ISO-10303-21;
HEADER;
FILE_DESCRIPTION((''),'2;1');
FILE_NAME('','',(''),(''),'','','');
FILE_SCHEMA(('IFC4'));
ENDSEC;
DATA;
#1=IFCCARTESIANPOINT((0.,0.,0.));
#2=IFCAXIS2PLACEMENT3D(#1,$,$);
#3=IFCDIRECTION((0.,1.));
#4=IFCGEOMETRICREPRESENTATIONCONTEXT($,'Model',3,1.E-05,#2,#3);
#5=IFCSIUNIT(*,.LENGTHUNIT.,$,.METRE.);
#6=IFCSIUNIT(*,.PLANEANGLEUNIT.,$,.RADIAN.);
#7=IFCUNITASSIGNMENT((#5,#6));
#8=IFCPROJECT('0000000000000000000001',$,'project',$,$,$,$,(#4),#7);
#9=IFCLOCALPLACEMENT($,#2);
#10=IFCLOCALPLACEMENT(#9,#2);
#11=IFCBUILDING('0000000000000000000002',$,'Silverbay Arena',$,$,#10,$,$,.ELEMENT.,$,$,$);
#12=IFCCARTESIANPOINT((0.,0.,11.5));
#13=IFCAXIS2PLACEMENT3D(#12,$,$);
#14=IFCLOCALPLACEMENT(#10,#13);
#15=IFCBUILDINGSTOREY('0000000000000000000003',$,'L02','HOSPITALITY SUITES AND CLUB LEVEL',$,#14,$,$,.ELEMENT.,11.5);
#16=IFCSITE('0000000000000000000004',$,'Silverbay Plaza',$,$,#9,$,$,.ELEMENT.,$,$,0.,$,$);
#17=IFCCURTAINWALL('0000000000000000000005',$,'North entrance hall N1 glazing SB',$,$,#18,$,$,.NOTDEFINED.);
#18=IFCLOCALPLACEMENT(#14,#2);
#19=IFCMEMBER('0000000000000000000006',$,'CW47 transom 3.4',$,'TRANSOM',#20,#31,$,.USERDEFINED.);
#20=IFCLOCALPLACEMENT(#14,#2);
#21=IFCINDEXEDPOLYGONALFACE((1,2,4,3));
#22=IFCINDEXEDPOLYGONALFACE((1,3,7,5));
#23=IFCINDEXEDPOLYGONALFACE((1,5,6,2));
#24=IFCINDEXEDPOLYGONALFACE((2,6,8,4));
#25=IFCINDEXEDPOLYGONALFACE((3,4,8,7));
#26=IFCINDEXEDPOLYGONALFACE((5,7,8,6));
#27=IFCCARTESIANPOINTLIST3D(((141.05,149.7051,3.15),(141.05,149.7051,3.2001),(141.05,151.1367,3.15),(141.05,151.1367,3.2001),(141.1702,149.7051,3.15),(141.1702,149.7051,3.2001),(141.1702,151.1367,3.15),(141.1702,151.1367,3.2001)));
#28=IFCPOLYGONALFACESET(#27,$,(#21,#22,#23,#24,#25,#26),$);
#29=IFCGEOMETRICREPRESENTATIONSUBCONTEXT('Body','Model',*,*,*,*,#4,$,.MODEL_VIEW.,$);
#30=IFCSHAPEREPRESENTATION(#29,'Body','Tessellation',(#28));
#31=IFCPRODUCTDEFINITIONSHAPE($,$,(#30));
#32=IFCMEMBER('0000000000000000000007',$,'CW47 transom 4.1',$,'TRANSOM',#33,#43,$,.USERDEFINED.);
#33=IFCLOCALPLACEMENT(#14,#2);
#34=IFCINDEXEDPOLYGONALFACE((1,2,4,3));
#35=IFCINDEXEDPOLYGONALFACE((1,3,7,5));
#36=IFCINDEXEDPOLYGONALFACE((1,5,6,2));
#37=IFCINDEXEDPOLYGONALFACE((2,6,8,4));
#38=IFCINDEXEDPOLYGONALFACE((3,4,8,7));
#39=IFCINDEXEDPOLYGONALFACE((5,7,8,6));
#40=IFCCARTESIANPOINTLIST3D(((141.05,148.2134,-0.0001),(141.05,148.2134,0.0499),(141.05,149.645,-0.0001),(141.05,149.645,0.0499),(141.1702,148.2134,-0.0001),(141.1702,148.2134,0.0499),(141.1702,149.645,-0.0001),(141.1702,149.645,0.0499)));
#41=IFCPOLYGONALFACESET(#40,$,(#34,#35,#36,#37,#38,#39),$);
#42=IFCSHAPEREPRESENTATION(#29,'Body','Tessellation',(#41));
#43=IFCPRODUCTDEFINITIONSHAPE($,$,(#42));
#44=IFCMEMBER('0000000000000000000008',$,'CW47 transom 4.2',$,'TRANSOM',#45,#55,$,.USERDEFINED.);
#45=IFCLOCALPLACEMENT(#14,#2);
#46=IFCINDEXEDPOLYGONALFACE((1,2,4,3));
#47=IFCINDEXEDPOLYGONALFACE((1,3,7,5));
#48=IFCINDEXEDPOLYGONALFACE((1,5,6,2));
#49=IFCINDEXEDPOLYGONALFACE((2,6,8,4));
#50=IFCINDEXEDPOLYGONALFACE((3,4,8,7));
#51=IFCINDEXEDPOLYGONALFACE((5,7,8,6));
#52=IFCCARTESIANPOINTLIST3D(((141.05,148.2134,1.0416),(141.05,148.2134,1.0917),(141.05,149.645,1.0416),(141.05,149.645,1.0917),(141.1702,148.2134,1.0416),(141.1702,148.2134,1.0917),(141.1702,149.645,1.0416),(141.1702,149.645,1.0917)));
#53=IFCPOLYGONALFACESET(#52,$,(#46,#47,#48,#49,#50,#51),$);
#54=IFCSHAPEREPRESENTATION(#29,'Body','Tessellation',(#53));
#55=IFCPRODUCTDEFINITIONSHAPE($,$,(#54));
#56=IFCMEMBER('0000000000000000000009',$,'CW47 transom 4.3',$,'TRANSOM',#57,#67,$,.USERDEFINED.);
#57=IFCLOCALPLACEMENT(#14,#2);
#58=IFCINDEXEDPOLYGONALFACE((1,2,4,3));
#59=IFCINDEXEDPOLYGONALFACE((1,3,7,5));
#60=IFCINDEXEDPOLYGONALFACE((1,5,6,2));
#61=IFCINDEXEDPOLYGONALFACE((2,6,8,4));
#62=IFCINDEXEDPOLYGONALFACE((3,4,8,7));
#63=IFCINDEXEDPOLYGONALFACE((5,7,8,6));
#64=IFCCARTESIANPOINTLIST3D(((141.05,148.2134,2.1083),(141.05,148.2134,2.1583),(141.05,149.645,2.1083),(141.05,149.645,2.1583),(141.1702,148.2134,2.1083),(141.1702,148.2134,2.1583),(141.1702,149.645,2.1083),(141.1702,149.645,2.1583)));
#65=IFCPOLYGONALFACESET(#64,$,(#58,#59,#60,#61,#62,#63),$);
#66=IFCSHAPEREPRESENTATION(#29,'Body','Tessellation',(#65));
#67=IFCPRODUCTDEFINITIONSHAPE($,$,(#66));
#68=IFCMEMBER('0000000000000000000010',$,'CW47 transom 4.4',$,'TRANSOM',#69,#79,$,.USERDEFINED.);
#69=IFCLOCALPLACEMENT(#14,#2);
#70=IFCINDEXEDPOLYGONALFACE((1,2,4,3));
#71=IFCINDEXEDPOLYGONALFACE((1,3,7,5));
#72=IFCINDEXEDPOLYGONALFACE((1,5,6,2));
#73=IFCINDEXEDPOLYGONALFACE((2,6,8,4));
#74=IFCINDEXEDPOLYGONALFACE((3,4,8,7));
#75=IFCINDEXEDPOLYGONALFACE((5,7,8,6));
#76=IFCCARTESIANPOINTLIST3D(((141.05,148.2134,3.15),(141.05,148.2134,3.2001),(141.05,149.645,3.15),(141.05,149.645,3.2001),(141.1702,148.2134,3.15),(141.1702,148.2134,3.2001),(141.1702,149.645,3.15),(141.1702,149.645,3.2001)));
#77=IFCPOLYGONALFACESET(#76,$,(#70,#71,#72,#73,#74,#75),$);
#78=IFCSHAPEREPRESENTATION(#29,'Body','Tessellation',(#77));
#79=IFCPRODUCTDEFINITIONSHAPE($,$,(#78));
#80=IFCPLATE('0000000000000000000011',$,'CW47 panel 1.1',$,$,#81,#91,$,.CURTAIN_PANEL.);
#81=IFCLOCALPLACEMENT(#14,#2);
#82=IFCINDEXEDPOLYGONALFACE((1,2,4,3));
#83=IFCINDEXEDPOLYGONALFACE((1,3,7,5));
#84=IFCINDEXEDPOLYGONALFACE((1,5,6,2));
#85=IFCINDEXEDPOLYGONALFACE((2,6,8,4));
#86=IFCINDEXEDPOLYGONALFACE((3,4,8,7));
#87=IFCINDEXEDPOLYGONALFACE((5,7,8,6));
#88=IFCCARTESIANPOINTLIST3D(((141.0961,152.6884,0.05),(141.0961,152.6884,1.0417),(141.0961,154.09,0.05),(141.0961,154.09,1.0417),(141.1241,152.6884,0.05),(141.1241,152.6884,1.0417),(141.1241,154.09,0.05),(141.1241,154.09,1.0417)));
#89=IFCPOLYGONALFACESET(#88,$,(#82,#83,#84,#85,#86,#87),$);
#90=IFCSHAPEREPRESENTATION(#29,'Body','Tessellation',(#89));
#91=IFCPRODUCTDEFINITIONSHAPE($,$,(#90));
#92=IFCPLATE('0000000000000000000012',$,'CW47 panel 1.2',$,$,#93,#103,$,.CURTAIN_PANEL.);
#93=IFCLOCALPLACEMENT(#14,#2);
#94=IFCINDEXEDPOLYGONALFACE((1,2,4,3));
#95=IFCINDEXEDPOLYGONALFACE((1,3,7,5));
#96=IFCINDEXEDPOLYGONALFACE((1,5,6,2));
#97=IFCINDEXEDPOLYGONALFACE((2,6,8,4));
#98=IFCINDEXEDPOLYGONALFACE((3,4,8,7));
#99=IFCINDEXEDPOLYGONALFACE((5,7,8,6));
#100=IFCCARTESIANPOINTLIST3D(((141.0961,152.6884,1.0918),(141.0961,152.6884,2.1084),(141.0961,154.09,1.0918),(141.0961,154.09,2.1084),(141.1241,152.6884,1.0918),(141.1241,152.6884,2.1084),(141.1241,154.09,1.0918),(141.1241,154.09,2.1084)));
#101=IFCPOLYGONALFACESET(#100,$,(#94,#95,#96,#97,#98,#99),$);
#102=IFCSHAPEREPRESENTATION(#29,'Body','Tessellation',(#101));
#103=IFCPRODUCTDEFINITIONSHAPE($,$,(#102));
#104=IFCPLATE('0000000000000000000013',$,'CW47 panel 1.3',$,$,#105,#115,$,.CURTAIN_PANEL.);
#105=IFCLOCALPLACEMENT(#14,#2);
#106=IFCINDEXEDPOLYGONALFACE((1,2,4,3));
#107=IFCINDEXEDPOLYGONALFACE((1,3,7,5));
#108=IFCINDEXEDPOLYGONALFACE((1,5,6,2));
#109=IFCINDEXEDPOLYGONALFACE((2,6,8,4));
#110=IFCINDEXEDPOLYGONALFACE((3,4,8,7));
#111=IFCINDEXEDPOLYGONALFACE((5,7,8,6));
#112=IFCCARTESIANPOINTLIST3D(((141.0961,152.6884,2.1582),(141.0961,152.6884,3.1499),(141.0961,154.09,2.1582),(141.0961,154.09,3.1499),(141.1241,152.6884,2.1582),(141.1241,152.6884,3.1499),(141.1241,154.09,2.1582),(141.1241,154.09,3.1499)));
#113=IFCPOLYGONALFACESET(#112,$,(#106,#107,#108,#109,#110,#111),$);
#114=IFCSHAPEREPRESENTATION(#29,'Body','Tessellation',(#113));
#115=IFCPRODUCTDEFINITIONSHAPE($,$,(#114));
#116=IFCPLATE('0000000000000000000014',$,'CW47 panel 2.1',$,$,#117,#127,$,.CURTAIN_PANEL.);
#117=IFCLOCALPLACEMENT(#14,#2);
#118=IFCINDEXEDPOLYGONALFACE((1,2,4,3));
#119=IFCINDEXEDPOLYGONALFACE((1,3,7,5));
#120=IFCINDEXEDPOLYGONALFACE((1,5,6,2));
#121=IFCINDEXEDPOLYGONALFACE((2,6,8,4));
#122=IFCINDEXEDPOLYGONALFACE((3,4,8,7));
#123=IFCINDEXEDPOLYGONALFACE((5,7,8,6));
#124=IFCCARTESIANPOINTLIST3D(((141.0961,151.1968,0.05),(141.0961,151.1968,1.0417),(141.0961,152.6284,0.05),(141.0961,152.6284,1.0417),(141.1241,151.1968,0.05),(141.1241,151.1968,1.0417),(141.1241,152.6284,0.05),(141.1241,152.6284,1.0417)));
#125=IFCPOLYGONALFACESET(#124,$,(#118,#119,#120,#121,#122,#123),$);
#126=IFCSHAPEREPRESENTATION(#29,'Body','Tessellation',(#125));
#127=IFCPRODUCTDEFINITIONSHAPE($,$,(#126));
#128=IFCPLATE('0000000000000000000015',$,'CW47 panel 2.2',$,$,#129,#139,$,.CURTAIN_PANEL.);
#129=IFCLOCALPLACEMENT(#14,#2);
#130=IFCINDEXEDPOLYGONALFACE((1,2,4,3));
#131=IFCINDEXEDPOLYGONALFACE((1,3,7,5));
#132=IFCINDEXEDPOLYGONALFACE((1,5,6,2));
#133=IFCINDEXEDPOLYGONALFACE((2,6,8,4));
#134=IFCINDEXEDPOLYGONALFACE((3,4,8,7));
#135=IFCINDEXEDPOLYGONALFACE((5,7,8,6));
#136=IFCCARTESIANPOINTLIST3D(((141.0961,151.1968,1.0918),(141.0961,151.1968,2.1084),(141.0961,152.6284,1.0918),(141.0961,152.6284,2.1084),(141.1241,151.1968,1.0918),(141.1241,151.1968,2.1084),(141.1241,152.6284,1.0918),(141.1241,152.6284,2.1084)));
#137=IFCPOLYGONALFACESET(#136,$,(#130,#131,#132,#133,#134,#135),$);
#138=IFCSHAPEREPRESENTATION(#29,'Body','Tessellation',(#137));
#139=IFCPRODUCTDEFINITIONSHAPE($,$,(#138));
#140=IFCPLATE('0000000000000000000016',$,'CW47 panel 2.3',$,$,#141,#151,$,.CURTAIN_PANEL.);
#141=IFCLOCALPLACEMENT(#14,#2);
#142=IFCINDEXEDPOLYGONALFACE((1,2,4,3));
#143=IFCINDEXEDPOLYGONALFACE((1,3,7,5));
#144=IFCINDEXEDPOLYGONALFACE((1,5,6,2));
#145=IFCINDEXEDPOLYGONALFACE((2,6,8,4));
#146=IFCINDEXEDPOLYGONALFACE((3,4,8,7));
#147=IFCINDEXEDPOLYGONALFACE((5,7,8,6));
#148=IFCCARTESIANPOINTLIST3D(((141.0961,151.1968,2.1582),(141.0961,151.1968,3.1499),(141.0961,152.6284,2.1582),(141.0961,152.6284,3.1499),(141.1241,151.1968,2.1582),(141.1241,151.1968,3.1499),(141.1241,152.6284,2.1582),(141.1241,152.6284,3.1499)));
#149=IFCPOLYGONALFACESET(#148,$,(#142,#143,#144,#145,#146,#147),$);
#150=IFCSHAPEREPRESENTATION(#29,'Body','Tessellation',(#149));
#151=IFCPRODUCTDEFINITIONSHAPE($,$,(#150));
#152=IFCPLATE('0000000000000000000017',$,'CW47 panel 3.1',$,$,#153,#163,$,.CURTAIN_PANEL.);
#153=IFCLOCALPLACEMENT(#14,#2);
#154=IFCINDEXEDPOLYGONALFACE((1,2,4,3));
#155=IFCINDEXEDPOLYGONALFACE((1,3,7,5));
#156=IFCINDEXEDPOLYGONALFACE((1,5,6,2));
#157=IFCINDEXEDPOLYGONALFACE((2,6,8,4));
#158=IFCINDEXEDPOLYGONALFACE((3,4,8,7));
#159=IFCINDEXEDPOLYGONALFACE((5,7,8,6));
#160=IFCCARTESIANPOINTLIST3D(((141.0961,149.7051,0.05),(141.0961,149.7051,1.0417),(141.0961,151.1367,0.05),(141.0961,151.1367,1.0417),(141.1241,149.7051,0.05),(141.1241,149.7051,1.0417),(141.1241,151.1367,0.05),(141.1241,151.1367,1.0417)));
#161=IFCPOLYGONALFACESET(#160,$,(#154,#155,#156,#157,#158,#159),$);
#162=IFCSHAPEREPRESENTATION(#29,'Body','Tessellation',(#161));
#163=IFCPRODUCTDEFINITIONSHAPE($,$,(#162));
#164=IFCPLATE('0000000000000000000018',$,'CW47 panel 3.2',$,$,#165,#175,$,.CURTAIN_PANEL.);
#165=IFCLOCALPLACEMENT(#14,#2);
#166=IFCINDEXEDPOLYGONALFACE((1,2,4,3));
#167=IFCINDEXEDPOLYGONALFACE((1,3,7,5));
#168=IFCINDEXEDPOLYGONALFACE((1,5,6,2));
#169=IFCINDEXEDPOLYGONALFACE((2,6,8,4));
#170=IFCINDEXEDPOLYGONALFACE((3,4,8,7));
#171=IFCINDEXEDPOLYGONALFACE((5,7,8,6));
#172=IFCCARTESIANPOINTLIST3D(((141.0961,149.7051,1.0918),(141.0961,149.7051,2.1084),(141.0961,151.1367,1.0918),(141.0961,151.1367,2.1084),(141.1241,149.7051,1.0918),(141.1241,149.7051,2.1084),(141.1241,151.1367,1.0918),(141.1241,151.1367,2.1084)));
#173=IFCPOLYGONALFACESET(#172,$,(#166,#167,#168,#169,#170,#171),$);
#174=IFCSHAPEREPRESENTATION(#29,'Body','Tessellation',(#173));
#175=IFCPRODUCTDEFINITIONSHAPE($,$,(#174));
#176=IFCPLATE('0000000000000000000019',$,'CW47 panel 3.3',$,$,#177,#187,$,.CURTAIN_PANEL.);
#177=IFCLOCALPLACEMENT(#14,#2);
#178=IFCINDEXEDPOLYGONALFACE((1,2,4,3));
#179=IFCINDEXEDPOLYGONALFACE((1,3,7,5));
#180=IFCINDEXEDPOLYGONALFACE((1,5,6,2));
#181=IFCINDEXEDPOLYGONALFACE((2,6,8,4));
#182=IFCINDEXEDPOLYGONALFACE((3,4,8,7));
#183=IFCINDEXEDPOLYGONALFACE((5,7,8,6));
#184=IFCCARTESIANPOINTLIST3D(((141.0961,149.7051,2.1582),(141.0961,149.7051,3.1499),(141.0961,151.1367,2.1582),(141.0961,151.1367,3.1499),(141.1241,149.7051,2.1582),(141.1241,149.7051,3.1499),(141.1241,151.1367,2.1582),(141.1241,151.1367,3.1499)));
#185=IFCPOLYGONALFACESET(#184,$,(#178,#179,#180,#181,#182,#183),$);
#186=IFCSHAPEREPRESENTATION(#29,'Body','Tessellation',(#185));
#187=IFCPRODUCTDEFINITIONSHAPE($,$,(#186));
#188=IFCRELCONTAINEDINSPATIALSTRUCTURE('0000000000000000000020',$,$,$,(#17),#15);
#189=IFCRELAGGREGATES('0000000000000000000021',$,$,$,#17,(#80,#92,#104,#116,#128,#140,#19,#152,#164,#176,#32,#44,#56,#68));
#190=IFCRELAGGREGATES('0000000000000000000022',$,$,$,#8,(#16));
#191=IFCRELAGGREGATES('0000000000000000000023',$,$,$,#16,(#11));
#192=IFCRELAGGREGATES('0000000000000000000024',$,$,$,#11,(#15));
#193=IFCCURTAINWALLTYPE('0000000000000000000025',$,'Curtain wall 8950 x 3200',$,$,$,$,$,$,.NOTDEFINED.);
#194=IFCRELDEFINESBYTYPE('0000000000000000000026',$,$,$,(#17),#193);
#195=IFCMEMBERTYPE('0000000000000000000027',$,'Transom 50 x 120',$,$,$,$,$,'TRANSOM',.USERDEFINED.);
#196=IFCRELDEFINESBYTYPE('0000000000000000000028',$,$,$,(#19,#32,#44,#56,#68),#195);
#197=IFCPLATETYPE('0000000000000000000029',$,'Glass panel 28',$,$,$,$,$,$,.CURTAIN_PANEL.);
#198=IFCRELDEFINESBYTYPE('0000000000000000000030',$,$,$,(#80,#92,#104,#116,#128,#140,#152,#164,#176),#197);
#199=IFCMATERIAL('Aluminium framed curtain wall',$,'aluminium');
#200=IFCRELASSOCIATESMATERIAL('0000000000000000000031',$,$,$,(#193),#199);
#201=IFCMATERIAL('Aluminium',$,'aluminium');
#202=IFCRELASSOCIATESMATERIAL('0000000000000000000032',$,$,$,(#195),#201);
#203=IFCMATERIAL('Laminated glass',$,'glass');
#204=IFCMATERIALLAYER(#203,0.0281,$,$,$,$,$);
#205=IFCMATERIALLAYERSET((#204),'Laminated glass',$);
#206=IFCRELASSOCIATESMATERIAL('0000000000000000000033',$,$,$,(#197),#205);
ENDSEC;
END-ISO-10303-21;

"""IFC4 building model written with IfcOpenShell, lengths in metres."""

from ifc_helpers import new_model, si_unit, direction, frame, origin, origin_2d, place, context, subcontext, project, spatial, rectangle, extrude, material, layer, layer_set, material_profile, profile_set, type_object, element, aggregate, save


model = new_model("IFC4")

# Units and contexts
model_context = context("Model", 3, precision=1e-05, world=origin(), true_north=direction((0.0, 1.0)))
body_context = subcontext(model_context, "Body", "Model", "MODEL_VIEW")
ifc_project = project(units=[si_unit("LENGTHUNIT", "METRE"), si_unit("PLANEANGLEUNIT", "RADIAN")], contexts=[model_context])

# Site, building, storey
site_placement = place(None, origin())
site = spatial("IfcSite", under=ifc_project, at=site_placement, Name="Silverbay Plaza", CompositionType="ELEMENT", RefElevation=0.0)
building_placement = place(site_placement, origin())
building = spatial("IfcBuilding", under=site, at=building_placement, Name="Silverbay Arena", CompositionType="ELEMENT")
storey_placement = place(building_placement, frame((0.0, 0.0, 11.5)))
storey = spatial("IfcBuildingStorey", under=building, at=storey_placement, Name="L02", Description="HOSPITALITY SUITES AND CLUB LEVEL", CompositionType="ELEMENT", Elevation=11.5)

# Curtain wall, members, plates
ifc_material_1 = material(Name="Aluminium framed curtain wall", Category="aluminium")
curtain_wall_type = type_object("IfcCurtainWallType", Name="Curtain wall 8950 x 3200", PredefinedType="NOTDEFINED", material=ifc_material_1)
curtain_wall_placement = place(storey_placement, origin())
curtain_wall = element("IfcCurtainWall", 1, at=curtain_wall_placement, inside=storey, type_object=curtain_wall_type, Name="North entrance hall N1 glazing SB", PredefinedType="NOTDEFINED")
ifc_material_2 = material(Name="Aluminium", Category="aluminium")
ifc_material_profile_1 = material_profile(ifc_material_2, rectangle(XDim=0.1201, YDim=0.05, at=origin_2d()), Name="Transom 50 x 120")
ifc_profile_set_1 = profile_set([ifc_material_profile_1], Name="Aluminium")
member_type_1 = type_object("IfcMemberType", Name="Transom 50 x 120", ElementType="TRANSOM", PredefinedType="USERDEFINED", material=ifc_profile_set_1)
member_1_placement = place(storey_placement, frame((141.1101, 151.1367, 3.175), z_axis=(0.0, -1.0, 0.0), x_axis=(1.0, 0.0, 0.0)))
member_1 = element("IfcMember", 2, at=member_1_placement, type_object=member_type_1, Name="CW47 transom 3.4", ObjectType="TRANSOM", PredefinedType="USERDEFINED", context=body_context, shape_type="SweptSolid", body=[
    extrude(rectangle(XDim=0.1201, YDim=0.05, at=origin_2d()), origin(), (0.0, 0.0, 1.0), 1.4316),
])
member_2_placement = place(storey_placement, frame((141.1101, 149.645, 0.0249), z_axis=(0.0, -1.0, 0.0), x_axis=(1.0, 0.0, 0.0)))
member_2 = element("IfcMember", 3, at=member_2_placement, type_object=member_type_1, Name="CW47 transom 4.1", ObjectType="TRANSOM", PredefinedType="USERDEFINED", context=body_context, shape_type="SweptSolid", body=[
    extrude(rectangle(XDim=0.1201, YDim=0.05, at=origin_2d()), origin(), (0.0, 0.0, 1.0), 1.4316),
])
member_3_placement = place(storey_placement, frame((141.1101, 149.645, 1.0667), z_axis=(0.0, -1.0, 0.0), x_axis=(1.0, 0.0, 0.0)))
member_3 = element("IfcMember", 4, at=member_3_placement, type_object=member_type_1, Name="CW47 transom 4.2", ObjectType="TRANSOM", PredefinedType="USERDEFINED", context=body_context, shape_type="SweptSolid", body=[
    extrude(rectangle(XDim=0.1201, YDim=0.05, at=origin_2d()), origin(), (0.0, 0.0, 1.0), 1.4316),
])
member_4_placement = place(storey_placement, frame((141.1101, 149.645, 2.1333), z_axis=(0.0, -1.0, 0.0), x_axis=(1.0, 0.0, 0.0)))
member_4 = element("IfcMember", 5, at=member_4_placement, type_object=member_type_1, Name="CW47 transom 4.3", ObjectType="TRANSOM", PredefinedType="USERDEFINED", context=body_context, shape_type="SweptSolid", body=[
    extrude(rectangle(XDim=0.1201, YDim=0.05, at=origin_2d()), origin(), (0.0, 0.0, 1.0), 1.4316),
])
member_5_placement = place(storey_placement, frame((141.1101, 149.645, 3.175), z_axis=(0.0, -1.0, 0.0), x_axis=(1.0, 0.0, 0.0)))
member_5 = element("IfcMember", 6, at=member_5_placement, type_object=member_type_1, Name="CW47 transom 4.4", ObjectType="TRANSOM", PredefinedType="USERDEFINED", context=body_context, shape_type="SweptSolid", body=[
    extrude(rectangle(XDim=0.1201, YDim=0.05, at=origin_2d()), origin(), (0.0, 0.0, 1.0), 1.4316),
])
ifc_material_3 = material(Name="Laminated glass", Category="glass")
ifc_layer = layer(ifc_material_3, 0.0281)
ifc_layer_set = layer_set([ifc_layer], Name="Laminated glass")
plate_type = type_object("IfcPlateType", Name="Glass panel 28", PredefinedType="CURTAIN_PANEL", material=ifc_layer_set)
plate_1_placement = place(storey_placement, frame((141.1101, 153.3892, 0.05), z_axis=(0.0, 0.0, 1.0), x_axis=(0.0, -1.0, 0.0)))
plate_1 = element("IfcPlate", 7, at=plate_1_placement, type_object=plate_type, Name="CW47 panel 1.1", PredefinedType="CURTAIN_PANEL", context=body_context, shape_type="SweptSolid", body=[
    extrude(rectangle(XDim=1.4016, YDim=0.0281, at=origin_2d()), origin(), (0.0, 0.0, 1.0), 0.9917),
])
plate_2_placement = place(storey_placement, frame((141.1101, 153.3892, 1.0918), z_axis=(0.0, 0.0, 1.0), x_axis=(0.0, -1.0, 0.0)))
plate_2 = element("IfcPlate", 8, at=plate_2_placement, type_object=plate_type, Name="CW47 panel 1.2", PredefinedType="CURTAIN_PANEL", context=body_context, shape_type="SweptSolid", body=[
    extrude(rectangle(XDim=1.4016, YDim=0.0281, at=origin_2d()), origin(), (0.0, 0.0, 1.0), 1.0166),
])
plate_3_placement = place(storey_placement, frame((141.1101, 153.3892, 2.1582), z_axis=(0.0, 0.0, 1.0), x_axis=(0.0, -1.0, 0.0)))
plate_3 = element("IfcPlate", 9, at=plate_3_placement, type_object=plate_type, Name="CW47 panel 1.3", PredefinedType="CURTAIN_PANEL", context=body_context, shape_type="SweptSolid", body=[
    extrude(rectangle(XDim=1.4016, YDim=0.0281, at=origin_2d()), origin(), (0.0, 0.0, 1.0), 0.9917),
])
plate_4_placement = place(storey_placement, frame((141.1101, 151.9126, 0.05), z_axis=(0.0, 0.0, 1.0), x_axis=(0.0, -1.0, 0.0)))
plate_4 = element("IfcPlate", 10, at=plate_4_placement, type_object=plate_type, Name="CW47 panel 2.1", PredefinedType="CURTAIN_PANEL", context=body_context, shape_type="SweptSolid", body=[
    extrude(rectangle(XDim=1.4316, YDim=0.0281, at=origin_2d()), origin(), (0.0, 0.0, 1.0), 0.9917),
])
plate_5_placement = place(storey_placement, frame((141.1101, 151.9126, 1.0918), z_axis=(0.0, 0.0, 1.0), x_axis=(0.0, -1.0, 0.0)))
plate_5 = element("IfcPlate", 11, at=plate_5_placement, type_object=plate_type, Name="CW47 panel 2.2", PredefinedType="CURTAIN_PANEL", context=body_context, shape_type="SweptSolid", body=[
    extrude(rectangle(XDim=1.4316, YDim=0.0281, at=origin_2d()), origin(), (0.0, 0.0, 1.0), 1.0166),
])
plate_6_placement = place(storey_placement, frame((141.1101, 151.9126, 2.1582), z_axis=(0.0, 0.0, 1.0), x_axis=(0.0, -1.0, 0.0)))
plate_6 = element("IfcPlate", 12, at=plate_6_placement, type_object=plate_type, Name="CW47 panel 2.3", PredefinedType="CURTAIN_PANEL", context=body_context, shape_type="SweptSolid", body=[
    extrude(rectangle(XDim=1.4316, YDim=0.0281, at=origin_2d()), origin(), (0.0, 0.0, 1.0), 0.9917),
])
plate_7_placement = place(storey_placement, frame((141.1101, 150.4209, 0.05), z_axis=(0.0, 0.0, 1.0), x_axis=(0.0, -1.0, 0.0)))
plate_7 = element("IfcPlate", 13, at=plate_7_placement, type_object=plate_type, Name="CW47 panel 3.1", PredefinedType="CURTAIN_PANEL", context=body_context, shape_type="SweptSolid", body=[
    extrude(rectangle(XDim=1.4316, YDim=0.0281, at=origin_2d()), origin(), (0.0, 0.0, 1.0), 0.9917),
])
plate_8_placement = place(storey_placement, frame((141.1101, 150.4209, 1.0918), z_axis=(0.0, 0.0, 1.0), x_axis=(0.0, -1.0, 0.0)))
plate_8 = element("IfcPlate", 14, at=plate_8_placement, type_object=plate_type, Name="CW47 panel 3.2", PredefinedType="CURTAIN_PANEL", context=body_context, shape_type="SweptSolid", body=[
    extrude(rectangle(XDim=1.4316, YDim=0.0281, at=origin_2d()), origin(), (0.0, 0.0, 1.0), 1.0166),
])
plate_9_placement = place(storey_placement, frame((141.1101, 150.4209, 2.1582), z_axis=(0.0, 0.0, 1.0), x_axis=(0.0, -1.0, 0.0)))
plate_9 = element("IfcPlate", 15, at=plate_9_placement, type_object=plate_type, Name="CW47 panel 3.3", PredefinedType="CURTAIN_PANEL", context=body_context, shape_type="SweptSolid", body=[
    extrude(rectangle(XDim=1.4316, YDim=0.0281, at=origin_2d()), origin(), (0.0, 0.0, 1.0), 0.9917),
])
aggregate(curtain_wall, [plate_1, plate_2, plate_3, plate_4, plate_5, plate_6, member_1, plate_7, plate_8, plate_9, member_2, member_3, member_4, member_5])

save(model, "model.ifc")
